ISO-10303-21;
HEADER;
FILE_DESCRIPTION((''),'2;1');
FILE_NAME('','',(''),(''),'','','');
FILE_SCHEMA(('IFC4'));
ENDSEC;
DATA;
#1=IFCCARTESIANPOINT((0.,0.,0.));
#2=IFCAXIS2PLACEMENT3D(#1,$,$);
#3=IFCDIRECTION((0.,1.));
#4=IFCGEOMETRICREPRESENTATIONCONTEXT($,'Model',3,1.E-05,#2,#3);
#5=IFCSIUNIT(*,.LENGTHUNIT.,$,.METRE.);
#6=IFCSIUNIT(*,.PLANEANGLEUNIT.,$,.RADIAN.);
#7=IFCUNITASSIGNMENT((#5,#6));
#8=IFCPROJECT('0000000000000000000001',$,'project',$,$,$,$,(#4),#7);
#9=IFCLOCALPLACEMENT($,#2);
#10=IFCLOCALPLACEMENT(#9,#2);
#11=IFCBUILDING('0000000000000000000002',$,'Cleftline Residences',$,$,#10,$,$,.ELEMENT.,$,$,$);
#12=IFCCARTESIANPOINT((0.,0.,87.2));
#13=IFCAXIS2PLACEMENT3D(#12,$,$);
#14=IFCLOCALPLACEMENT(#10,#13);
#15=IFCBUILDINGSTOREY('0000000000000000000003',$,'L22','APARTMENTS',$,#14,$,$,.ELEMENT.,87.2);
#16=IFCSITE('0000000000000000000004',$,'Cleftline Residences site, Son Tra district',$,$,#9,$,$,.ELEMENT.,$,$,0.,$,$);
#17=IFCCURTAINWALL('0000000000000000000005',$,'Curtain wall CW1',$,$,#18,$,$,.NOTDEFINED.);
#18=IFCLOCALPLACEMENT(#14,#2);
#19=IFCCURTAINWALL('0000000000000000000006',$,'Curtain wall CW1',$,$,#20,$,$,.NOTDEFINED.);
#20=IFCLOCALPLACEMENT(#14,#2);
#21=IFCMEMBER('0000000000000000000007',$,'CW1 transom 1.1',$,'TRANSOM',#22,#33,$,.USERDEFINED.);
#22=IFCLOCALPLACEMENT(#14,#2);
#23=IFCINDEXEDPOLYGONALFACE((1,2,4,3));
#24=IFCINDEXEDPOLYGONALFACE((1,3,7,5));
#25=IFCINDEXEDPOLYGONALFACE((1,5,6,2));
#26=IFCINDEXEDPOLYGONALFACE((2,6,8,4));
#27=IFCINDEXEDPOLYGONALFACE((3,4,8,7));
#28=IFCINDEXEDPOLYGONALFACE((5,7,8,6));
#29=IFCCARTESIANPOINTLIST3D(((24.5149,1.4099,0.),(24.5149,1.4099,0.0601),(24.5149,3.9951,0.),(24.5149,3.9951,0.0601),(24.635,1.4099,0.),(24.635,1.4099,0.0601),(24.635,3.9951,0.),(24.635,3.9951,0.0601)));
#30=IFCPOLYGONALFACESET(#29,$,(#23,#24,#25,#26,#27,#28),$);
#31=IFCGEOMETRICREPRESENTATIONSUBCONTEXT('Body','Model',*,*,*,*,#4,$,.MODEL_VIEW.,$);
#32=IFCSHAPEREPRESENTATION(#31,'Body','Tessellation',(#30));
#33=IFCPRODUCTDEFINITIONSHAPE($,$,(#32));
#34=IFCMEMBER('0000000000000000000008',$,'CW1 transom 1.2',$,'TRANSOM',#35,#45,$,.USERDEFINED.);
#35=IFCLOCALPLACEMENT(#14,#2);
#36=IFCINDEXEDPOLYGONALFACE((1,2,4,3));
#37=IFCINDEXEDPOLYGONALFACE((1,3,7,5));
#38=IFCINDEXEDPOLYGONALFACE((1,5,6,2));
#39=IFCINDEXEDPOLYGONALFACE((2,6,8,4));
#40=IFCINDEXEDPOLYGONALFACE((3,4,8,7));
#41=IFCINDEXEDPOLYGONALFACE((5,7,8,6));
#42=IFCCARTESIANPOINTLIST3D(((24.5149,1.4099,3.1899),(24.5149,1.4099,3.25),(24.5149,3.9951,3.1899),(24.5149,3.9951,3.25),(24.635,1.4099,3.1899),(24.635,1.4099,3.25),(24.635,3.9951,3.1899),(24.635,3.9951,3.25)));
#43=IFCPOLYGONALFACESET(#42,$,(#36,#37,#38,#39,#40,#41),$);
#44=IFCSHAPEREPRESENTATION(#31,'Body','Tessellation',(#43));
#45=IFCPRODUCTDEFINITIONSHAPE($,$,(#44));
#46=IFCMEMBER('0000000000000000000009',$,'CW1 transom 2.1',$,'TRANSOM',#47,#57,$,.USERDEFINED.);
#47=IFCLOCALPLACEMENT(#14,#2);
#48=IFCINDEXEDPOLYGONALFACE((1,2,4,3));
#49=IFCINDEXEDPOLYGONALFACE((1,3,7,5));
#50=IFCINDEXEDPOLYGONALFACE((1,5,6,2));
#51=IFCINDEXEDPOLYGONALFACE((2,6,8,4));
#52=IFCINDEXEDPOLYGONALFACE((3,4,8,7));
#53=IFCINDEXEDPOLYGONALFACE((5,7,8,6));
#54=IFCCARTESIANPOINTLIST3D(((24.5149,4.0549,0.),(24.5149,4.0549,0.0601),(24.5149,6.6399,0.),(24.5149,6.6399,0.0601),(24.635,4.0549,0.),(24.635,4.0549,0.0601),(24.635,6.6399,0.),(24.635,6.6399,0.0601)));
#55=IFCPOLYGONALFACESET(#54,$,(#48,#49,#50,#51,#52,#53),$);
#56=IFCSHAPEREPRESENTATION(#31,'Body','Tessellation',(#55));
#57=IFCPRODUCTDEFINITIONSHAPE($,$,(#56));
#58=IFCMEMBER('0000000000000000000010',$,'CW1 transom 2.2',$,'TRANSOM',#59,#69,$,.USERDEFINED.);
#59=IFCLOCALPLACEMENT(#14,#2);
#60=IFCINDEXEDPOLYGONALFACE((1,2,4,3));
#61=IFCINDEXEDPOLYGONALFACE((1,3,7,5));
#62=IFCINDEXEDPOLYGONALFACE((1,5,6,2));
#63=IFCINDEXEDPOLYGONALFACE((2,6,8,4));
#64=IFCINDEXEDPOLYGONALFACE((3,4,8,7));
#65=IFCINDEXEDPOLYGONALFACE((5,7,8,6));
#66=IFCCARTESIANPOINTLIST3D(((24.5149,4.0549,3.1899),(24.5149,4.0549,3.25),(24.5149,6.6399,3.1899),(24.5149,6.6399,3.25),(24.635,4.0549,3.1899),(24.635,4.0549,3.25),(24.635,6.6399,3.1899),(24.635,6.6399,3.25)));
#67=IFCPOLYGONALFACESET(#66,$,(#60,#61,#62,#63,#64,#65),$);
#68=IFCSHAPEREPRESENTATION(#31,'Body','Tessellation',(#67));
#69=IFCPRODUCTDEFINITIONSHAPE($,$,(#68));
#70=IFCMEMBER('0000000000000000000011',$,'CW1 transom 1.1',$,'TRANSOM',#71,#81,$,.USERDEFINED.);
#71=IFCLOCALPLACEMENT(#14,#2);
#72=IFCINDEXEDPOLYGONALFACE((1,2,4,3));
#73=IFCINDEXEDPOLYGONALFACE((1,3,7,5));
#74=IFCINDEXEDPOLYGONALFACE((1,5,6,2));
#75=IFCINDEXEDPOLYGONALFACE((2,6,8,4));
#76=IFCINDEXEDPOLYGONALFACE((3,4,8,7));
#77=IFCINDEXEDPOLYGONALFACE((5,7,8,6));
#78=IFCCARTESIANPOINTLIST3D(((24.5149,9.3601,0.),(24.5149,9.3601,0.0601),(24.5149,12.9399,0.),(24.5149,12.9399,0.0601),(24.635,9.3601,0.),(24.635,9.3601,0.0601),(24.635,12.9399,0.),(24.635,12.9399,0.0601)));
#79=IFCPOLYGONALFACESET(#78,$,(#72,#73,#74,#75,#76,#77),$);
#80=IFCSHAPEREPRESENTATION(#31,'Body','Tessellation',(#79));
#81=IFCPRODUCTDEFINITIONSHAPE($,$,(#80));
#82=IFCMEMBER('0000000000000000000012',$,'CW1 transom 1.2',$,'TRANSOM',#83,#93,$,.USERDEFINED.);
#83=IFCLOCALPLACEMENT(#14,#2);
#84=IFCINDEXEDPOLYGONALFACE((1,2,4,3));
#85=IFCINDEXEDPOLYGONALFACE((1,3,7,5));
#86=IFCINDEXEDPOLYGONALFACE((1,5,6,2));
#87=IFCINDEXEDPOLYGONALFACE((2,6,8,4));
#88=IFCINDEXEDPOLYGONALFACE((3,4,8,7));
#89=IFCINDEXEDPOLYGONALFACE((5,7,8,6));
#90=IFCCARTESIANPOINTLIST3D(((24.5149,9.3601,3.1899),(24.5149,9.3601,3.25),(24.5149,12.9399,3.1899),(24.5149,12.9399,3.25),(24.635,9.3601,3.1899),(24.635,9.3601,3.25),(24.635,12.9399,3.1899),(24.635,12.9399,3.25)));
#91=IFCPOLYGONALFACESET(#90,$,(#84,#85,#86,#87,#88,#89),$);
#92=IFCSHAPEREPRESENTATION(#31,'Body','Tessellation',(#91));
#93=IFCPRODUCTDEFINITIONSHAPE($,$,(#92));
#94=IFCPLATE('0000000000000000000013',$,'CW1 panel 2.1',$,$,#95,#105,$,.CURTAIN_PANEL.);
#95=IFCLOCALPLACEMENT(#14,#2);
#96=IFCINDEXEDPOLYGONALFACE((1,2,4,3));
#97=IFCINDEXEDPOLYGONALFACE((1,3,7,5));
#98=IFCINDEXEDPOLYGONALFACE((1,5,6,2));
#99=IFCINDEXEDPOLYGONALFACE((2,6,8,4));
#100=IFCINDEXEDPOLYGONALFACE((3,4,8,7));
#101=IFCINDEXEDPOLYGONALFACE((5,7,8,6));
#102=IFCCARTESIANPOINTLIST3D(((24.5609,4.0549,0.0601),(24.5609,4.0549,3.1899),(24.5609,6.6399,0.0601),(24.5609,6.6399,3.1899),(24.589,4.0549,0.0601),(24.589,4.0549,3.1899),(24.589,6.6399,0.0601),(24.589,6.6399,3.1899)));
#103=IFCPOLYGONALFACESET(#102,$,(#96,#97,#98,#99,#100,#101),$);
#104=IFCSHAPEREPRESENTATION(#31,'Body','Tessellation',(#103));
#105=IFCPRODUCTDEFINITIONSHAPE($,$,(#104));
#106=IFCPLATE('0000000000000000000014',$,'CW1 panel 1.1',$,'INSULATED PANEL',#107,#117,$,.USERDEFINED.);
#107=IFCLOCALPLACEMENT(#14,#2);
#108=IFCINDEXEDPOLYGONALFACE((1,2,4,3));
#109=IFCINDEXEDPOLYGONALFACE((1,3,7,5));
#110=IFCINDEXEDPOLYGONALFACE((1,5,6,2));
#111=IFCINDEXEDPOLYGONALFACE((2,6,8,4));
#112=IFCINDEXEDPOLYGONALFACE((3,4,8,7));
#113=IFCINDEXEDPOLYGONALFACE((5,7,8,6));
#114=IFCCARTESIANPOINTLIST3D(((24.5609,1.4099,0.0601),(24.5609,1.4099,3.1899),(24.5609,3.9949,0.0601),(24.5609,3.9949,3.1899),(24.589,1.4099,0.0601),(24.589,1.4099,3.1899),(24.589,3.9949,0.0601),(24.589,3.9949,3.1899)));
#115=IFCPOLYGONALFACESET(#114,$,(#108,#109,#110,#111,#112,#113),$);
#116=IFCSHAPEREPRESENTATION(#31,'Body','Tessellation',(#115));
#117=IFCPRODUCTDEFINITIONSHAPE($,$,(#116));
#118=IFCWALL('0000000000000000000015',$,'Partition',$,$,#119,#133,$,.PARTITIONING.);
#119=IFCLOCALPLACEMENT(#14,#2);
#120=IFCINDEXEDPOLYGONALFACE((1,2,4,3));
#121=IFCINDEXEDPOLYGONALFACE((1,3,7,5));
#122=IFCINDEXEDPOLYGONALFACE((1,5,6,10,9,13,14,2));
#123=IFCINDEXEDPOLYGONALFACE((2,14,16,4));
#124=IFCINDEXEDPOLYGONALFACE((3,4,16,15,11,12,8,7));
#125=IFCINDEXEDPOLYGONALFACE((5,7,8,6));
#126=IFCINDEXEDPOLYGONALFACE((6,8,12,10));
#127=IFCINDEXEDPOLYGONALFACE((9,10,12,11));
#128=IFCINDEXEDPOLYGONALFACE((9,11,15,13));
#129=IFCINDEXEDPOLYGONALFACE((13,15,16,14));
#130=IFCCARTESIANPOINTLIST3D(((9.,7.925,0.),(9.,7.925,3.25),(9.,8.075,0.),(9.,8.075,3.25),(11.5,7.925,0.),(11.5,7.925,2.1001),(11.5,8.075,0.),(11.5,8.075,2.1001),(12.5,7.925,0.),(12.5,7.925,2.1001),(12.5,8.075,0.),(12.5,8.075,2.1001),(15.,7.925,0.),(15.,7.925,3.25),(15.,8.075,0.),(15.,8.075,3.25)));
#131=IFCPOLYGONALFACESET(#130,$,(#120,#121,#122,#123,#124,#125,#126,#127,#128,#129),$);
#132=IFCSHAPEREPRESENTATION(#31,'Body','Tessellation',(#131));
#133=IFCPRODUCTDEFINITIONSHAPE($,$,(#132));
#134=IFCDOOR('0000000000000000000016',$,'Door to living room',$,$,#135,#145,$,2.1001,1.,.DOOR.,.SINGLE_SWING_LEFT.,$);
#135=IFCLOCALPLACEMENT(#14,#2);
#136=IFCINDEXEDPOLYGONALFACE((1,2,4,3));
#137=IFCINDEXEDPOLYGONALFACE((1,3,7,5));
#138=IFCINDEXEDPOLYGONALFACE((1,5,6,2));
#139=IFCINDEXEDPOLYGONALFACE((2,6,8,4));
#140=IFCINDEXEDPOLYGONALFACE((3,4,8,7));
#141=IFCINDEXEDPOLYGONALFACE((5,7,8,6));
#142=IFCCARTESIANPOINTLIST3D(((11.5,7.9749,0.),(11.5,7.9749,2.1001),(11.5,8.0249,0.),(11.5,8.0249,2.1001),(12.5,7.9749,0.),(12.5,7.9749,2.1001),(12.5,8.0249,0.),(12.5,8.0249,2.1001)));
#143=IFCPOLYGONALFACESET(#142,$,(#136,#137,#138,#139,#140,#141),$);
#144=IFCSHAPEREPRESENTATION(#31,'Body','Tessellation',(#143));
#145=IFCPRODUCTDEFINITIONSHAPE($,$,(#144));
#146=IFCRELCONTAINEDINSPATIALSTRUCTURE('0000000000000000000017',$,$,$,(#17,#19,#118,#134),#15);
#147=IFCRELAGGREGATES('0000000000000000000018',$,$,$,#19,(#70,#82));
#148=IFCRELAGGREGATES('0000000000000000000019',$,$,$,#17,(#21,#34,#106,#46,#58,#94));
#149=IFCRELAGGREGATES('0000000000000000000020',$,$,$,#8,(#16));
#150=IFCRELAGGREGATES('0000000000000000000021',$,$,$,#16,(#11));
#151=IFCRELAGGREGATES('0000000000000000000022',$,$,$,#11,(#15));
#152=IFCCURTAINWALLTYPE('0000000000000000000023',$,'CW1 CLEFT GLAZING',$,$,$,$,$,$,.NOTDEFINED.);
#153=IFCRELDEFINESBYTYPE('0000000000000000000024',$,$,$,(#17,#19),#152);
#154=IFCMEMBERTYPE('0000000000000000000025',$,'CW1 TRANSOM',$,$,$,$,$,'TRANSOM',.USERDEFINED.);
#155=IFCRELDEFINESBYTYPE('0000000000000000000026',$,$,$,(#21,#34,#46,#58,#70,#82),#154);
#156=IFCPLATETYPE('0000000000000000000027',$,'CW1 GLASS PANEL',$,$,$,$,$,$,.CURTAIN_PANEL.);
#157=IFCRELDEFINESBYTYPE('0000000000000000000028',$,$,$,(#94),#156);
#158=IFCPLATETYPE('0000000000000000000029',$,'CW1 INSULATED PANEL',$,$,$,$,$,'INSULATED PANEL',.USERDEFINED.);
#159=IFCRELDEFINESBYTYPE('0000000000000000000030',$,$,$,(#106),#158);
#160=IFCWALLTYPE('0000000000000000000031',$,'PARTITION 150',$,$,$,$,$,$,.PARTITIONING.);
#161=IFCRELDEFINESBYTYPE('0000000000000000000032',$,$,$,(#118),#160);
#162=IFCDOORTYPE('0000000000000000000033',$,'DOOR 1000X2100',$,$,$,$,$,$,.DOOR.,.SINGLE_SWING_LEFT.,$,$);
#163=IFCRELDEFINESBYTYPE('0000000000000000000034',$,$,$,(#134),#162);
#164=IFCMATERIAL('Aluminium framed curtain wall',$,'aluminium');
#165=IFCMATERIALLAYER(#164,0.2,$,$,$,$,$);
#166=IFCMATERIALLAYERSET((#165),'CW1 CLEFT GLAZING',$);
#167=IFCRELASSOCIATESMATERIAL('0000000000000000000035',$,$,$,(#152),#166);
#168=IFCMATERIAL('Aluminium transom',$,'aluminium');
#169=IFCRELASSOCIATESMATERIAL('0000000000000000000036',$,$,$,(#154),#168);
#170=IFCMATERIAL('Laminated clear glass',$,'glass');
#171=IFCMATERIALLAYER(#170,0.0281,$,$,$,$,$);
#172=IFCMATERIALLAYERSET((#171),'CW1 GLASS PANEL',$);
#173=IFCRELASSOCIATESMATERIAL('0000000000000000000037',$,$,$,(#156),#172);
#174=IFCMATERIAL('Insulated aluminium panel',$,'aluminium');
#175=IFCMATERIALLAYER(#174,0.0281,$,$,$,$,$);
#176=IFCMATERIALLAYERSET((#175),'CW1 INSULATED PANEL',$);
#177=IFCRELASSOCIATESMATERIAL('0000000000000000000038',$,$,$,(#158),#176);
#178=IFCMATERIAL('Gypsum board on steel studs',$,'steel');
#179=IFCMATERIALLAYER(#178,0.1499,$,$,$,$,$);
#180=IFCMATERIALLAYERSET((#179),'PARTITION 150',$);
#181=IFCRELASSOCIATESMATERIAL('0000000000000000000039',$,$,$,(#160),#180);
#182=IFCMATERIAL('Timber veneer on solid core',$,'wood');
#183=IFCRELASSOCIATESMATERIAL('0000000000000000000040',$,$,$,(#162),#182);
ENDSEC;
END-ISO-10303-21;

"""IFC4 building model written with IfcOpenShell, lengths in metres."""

from ifc_helpers import new_model, si_unit, direction, frame, frame_2d, origin, origin_2d, place, context, subcontext, project, spatial, rectangle, extrude, material, layer, layer_set, material_profile, profile_set, type_object, element, fill, aggregate, save


model = new_model("IFC4")

# Units and contexts
model_context = context("Model", 3, precision=1e-05, world=origin(), true_north=direction((0.0, 1.0)))
body_context = subcontext(model_context, "Body", "Model", "MODEL_VIEW")
ifc_project = project(units=[si_unit("LENGTHUNIT", "METRE"), si_unit("PLANEANGLEUNIT", "RADIAN")], contexts=[model_context])

# Site, building, storey
site_placement = place(None, origin())
site = spatial("IfcSite", under=ifc_project, at=site_placement, Name="Cleftline Residences site, Son Tra district", CompositionType="ELEMENT", RefElevation=0.0)
building_placement = place(site_placement, origin())
building = spatial("IfcBuilding", under=site, at=building_placement, Name="Cleftline Residences", CompositionType="ELEMENT")
storey_placement = place(building_placement, frame((0.0, 0.0, 87.2)))
storey = spatial("IfcBuildingStorey", under=building, at=storey_placement, Name="L22", Description="APARTMENTS", CompositionType="ELEMENT", Elevation=87.2)

# Curtain wall
ifc_material_1 = material(Name="Aluminium framed curtain wall", Category="aluminium")
ifc_layer_1 = layer(ifc_material_1, 0.2)
ifc_layer_set_1 = layer_set([ifc_layer_1], Name="CW1 CLEFT GLAZING")
curtain_wall_type = type_object("IfcCurtainWallType", Name="CW1 CLEFT GLAZING", PredefinedType="NOTDEFINED", material=ifc_layer_set_1)
curtain_wall_1_placement = place(storey_placement, origin())
curtain_wall_1 = element("IfcCurtainWall", 1, at=curtain_wall_1_placement, inside=storey, type_object=curtain_wall_type, Name="Curtain wall CW1", PredefinedType="NOTDEFINED")

# Curtain wall
curtain_wall_2_placement = place(storey_placement, origin())
curtain_wall_2 = element("IfcCurtainWall", 2, at=curtain_wall_2_placement, inside=storey, type_object=curtain_wall_type, Name="Curtain wall CW1", PredefinedType="NOTDEFINED")

# Members
ifc_material_2 = material(Name="Aluminium transom", Category="aluminium")
ifc_material_profile_1 = material_profile(ifc_material_2, rectangle(XDim=0.1201, YDim=0.0601, at=origin_2d()))
ifc_profile_set_1 = profile_set([ifc_material_profile_1], Name="Aluminium transom")
member_type_1 = type_object("IfcMemberType", Name="CW1 TRANSOM", ElementType="TRANSOM", PredefinedType="USERDEFINED", material=ifc_profile_set_1)
member_1_placement = place(storey_placement, frame((24.575, 1.4099, 0.03), z_axis=(0.0, 1.0, 0.0), x_axis=(-1.0, 0.0, 0.0)))
member_1 = element("IfcMember", 3, at=member_1_placement, type_object=member_type_1, Name="CW1 transom 1.1", ObjectType="TRANSOM", PredefinedType="USERDEFINED", context=body_context, shape_type="SweptSolid", body=[
    extrude(rectangle(XDim=0.1201, YDim=0.0601, at=origin_2d()), origin(), (0.0, 0.0, 1.0), 2.5852),
])
member_2_placement = place(storey_placement, frame((24.575, 1.4099, 3.22), z_axis=(0.0, 1.0, 0.0), x_axis=(-1.0, 0.0, 0.0)))
member_2 = element("IfcMember", 4, at=member_2_placement, type_object=member_type_1, Name="CW1 transom 1.2", ObjectType="TRANSOM", PredefinedType="USERDEFINED", context=body_context, shape_type="SweptSolid", body=[
    extrude(rectangle(XDim=0.1201, YDim=0.0601, at=origin_2d()), origin(), (0.0, 0.0, 1.0), 2.5852),
])
member_3_placement = place(storey_placement, frame((24.575, 4.0549, 0.03), z_axis=(0.0, 1.0, 0.0), x_axis=(-1.0, 0.0, 0.0)))
member_3 = element("IfcMember", 5, at=member_3_placement, type_object=member_type_1, Name="CW1 transom 2.1", ObjectType="TRANSOM", PredefinedType="USERDEFINED", context=body_context, shape_type="SweptSolid", body=[
    extrude(rectangle(XDim=0.1201, YDim=0.0601, at=origin_2d()), origin(), (0.0, 0.0, 1.0), 2.585),
])
member_4_placement = place(storey_placement, frame((24.575, 4.0549, 3.22), z_axis=(0.0, 1.0, 0.0), x_axis=(-1.0, 0.0, 0.0)))
member_4 = element("IfcMember", 6, at=member_4_placement, type_object=member_type_1, Name="CW1 transom 2.2", ObjectType="TRANSOM", PredefinedType="USERDEFINED", context=body_context, shape_type="SweptSolid", body=[
    extrude(rectangle(XDim=0.1201, YDim=0.0601, at=origin_2d()), origin(), (0.0, 0.0, 1.0), 2.585),
])
member_5_placement = place(storey_placement, frame((24.575, 9.3601, 0.03), z_axis=(0.0, 1.0, 0.0), x_axis=(-1.0, 0.0, 0.0)))
member_5 = element("IfcMember", 7, at=member_5_placement, type_object=member_type_1, Name="CW1 transom 1.1", ObjectType="TRANSOM", PredefinedType="USERDEFINED", context=body_context, shape_type="SweptSolid", body=[
    extrude(rectangle(XDim=0.1201, YDim=0.0601, at=origin_2d()), origin(), (0.0, 0.0, 1.0), 3.5798),
])
member_6_placement = place(storey_placement, frame((24.575, 9.3601, 3.22), z_axis=(0.0, 1.0, 0.0), x_axis=(-1.0, 0.0, 0.0)))
member_6 = element("IfcMember", 8, at=member_6_placement, type_object=member_type_1, Name="CW1 transom 1.2", ObjectType="TRANSOM", PredefinedType="USERDEFINED", context=body_context, shape_type="SweptSolid", body=[
    extrude(rectangle(XDim=0.1201, YDim=0.0601, at=origin_2d()), origin(), (0.0, 0.0, 1.0), 3.5798),
])
aggregate(curtain_wall_2, [member_5, member_6])

# Plates
ifc_material_3 = material(Name="Laminated clear glass", Category="glass")
ifc_layer_2 = layer(ifc_material_3, 0.0281)
ifc_layer_set_2 = layer_set([ifc_layer_2], Name="CW1 GLASS PANEL")
plate_type_1 = type_object("IfcPlateType", Name="CW1 GLASS PANEL", PredefinedType="CURTAIN_PANEL", material=ifc_layer_set_2)
plate_1_placement = place(storey_placement, frame((24.575, 5.3474, 0.0601), z_axis=(0.0, 0.0, 1.0), x_axis=(0.0, 1.0, 0.0)))
plate_1 = element("IfcPlate", 9, at=plate_1_placement, type_object=plate_type_1, Name="CW1 panel 2.1", PredefinedType="CURTAIN_PANEL", context=body_context, shape_type="SweptSolid", body=[
    extrude(rectangle(XDim=2.585, YDim=0.0281, at=origin_2d()), origin(), (0.0, 0.0, 1.0), 3.1299),
])
ifc_material_4 = material(Name="Insulated aluminium panel", Category="aluminium")
ifc_layer_3 = layer(ifc_material_4, 0.0281)
ifc_layer_set_3 = layer_set([ifc_layer_3], Name="CW1 INSULATED PANEL")
plate_type_2 = type_object("IfcPlateType", Name="CW1 INSULATED PANEL", ElementType="INSULATED PANEL", PredefinedType="USERDEFINED", material=ifc_layer_set_3)
plate_2_placement = place(storey_placement, frame((24.575, 2.7024, 0.0601), z_axis=(0.0, 0.0, 1.0), x_axis=(0.0, 1.0, 0.0)))
plate_2 = element("IfcPlate", 10, at=plate_2_placement, type_object=plate_type_2, Name="CW1 panel 1.1", ObjectType="INSULATED PANEL", PredefinedType="USERDEFINED", context=body_context, shape_type="SweptSolid", body=[
    extrude(rectangle(XDim=2.585, YDim=0.0281, at=origin_2d()), origin(), (0.0, 0.0, 1.0), 3.1299),
])
aggregate(curtain_wall_1, [member_1, member_2, plate_2, member_3, member_4, plate_1])

# Wall, opening, door
ifc_material_5 = material(Name="Gypsum board on steel studs", Category="steel")
ifc_layer_4 = layer(ifc_material_5, 0.1499)
ifc_layer_set_4 = layer_set([ifc_layer_4], Name="PARTITION 150")
wall_type = type_object("IfcWallType", Name="PARTITION 150", PredefinedType="PARTITIONING", material=ifc_layer_set_4)
wall_1_placement = place(storey_placement, frame((9.0, 8.0, 0.0), z_axis=(0.0, 0.0, 1.0), x_axis=(1.0, 0.0, 0.0)))
wall_1 = element("IfcWall", 11, at=wall_1_placement, inside=storey, type_object=wall_type, Name="Partition", PredefinedType="PARTITIONING", context=body_context, shape_type="SweptSolid", body=[
    extrude(rectangle(XDim=6.0, YDim=0.1499, at=frame_2d((3.0, 0.0))), origin(), (0.0, 0.0, 1.0), 3.25),
])
opening_1_placement = place(wall_1_placement, frame((2.5, 0.0, 0.0)))
opening_1 = element("IfcOpeningElement", 12, at=opening_1_placement, cuts=wall_1, PredefinedType="OPENING", context=body_context, shape_type="SweptSolid", body=[
    extrude(rectangle(XDim=1.0, YDim=2.1001, at=frame_2d((0.5, 1.05))), frame((0.0, 0.085, 0.0), z_axis=(0.0, -1.0, 0.0), x_axis=(1.0, 0.0, 0.0)), (0.0, 0.0, 1.0), 0.1699),
])
ifc_material_6 = material(Name="Timber veneer on solid core", Category="wood")
door_type_1 = type_object("IfcDoorType", Name="DOOR 1000X2100", OperationType="SINGLE_SWING_LEFT", PredefinedType="DOOR", material=ifc_material_6)
door_1_placement = place(opening_1_placement, origin())
door_1 = element("IfcDoor", 13, at=door_1_placement, inside=storey, type_object=door_type_1, Name="Door to living room", OperationType="SINGLE_SWING_LEFT", OverallHeight=2.1001, OverallWidth=1.0, PredefinedType="DOOR", context=body_context, shape_type="SweptSolid", body=[
    extrude(rectangle(XDim=1.0, YDim=2.1001, at=frame_2d((0.5, 1.05))), frame((0.0, 0.0249, 0.0), z_axis=(0.0, -1.0, 0.0), x_axis=(1.0, 0.0, 0.0)), (0.0, 0.0, 1.0), 0.05),
])
fill(opening_1, door_1)

save(model, "model.ifc")
